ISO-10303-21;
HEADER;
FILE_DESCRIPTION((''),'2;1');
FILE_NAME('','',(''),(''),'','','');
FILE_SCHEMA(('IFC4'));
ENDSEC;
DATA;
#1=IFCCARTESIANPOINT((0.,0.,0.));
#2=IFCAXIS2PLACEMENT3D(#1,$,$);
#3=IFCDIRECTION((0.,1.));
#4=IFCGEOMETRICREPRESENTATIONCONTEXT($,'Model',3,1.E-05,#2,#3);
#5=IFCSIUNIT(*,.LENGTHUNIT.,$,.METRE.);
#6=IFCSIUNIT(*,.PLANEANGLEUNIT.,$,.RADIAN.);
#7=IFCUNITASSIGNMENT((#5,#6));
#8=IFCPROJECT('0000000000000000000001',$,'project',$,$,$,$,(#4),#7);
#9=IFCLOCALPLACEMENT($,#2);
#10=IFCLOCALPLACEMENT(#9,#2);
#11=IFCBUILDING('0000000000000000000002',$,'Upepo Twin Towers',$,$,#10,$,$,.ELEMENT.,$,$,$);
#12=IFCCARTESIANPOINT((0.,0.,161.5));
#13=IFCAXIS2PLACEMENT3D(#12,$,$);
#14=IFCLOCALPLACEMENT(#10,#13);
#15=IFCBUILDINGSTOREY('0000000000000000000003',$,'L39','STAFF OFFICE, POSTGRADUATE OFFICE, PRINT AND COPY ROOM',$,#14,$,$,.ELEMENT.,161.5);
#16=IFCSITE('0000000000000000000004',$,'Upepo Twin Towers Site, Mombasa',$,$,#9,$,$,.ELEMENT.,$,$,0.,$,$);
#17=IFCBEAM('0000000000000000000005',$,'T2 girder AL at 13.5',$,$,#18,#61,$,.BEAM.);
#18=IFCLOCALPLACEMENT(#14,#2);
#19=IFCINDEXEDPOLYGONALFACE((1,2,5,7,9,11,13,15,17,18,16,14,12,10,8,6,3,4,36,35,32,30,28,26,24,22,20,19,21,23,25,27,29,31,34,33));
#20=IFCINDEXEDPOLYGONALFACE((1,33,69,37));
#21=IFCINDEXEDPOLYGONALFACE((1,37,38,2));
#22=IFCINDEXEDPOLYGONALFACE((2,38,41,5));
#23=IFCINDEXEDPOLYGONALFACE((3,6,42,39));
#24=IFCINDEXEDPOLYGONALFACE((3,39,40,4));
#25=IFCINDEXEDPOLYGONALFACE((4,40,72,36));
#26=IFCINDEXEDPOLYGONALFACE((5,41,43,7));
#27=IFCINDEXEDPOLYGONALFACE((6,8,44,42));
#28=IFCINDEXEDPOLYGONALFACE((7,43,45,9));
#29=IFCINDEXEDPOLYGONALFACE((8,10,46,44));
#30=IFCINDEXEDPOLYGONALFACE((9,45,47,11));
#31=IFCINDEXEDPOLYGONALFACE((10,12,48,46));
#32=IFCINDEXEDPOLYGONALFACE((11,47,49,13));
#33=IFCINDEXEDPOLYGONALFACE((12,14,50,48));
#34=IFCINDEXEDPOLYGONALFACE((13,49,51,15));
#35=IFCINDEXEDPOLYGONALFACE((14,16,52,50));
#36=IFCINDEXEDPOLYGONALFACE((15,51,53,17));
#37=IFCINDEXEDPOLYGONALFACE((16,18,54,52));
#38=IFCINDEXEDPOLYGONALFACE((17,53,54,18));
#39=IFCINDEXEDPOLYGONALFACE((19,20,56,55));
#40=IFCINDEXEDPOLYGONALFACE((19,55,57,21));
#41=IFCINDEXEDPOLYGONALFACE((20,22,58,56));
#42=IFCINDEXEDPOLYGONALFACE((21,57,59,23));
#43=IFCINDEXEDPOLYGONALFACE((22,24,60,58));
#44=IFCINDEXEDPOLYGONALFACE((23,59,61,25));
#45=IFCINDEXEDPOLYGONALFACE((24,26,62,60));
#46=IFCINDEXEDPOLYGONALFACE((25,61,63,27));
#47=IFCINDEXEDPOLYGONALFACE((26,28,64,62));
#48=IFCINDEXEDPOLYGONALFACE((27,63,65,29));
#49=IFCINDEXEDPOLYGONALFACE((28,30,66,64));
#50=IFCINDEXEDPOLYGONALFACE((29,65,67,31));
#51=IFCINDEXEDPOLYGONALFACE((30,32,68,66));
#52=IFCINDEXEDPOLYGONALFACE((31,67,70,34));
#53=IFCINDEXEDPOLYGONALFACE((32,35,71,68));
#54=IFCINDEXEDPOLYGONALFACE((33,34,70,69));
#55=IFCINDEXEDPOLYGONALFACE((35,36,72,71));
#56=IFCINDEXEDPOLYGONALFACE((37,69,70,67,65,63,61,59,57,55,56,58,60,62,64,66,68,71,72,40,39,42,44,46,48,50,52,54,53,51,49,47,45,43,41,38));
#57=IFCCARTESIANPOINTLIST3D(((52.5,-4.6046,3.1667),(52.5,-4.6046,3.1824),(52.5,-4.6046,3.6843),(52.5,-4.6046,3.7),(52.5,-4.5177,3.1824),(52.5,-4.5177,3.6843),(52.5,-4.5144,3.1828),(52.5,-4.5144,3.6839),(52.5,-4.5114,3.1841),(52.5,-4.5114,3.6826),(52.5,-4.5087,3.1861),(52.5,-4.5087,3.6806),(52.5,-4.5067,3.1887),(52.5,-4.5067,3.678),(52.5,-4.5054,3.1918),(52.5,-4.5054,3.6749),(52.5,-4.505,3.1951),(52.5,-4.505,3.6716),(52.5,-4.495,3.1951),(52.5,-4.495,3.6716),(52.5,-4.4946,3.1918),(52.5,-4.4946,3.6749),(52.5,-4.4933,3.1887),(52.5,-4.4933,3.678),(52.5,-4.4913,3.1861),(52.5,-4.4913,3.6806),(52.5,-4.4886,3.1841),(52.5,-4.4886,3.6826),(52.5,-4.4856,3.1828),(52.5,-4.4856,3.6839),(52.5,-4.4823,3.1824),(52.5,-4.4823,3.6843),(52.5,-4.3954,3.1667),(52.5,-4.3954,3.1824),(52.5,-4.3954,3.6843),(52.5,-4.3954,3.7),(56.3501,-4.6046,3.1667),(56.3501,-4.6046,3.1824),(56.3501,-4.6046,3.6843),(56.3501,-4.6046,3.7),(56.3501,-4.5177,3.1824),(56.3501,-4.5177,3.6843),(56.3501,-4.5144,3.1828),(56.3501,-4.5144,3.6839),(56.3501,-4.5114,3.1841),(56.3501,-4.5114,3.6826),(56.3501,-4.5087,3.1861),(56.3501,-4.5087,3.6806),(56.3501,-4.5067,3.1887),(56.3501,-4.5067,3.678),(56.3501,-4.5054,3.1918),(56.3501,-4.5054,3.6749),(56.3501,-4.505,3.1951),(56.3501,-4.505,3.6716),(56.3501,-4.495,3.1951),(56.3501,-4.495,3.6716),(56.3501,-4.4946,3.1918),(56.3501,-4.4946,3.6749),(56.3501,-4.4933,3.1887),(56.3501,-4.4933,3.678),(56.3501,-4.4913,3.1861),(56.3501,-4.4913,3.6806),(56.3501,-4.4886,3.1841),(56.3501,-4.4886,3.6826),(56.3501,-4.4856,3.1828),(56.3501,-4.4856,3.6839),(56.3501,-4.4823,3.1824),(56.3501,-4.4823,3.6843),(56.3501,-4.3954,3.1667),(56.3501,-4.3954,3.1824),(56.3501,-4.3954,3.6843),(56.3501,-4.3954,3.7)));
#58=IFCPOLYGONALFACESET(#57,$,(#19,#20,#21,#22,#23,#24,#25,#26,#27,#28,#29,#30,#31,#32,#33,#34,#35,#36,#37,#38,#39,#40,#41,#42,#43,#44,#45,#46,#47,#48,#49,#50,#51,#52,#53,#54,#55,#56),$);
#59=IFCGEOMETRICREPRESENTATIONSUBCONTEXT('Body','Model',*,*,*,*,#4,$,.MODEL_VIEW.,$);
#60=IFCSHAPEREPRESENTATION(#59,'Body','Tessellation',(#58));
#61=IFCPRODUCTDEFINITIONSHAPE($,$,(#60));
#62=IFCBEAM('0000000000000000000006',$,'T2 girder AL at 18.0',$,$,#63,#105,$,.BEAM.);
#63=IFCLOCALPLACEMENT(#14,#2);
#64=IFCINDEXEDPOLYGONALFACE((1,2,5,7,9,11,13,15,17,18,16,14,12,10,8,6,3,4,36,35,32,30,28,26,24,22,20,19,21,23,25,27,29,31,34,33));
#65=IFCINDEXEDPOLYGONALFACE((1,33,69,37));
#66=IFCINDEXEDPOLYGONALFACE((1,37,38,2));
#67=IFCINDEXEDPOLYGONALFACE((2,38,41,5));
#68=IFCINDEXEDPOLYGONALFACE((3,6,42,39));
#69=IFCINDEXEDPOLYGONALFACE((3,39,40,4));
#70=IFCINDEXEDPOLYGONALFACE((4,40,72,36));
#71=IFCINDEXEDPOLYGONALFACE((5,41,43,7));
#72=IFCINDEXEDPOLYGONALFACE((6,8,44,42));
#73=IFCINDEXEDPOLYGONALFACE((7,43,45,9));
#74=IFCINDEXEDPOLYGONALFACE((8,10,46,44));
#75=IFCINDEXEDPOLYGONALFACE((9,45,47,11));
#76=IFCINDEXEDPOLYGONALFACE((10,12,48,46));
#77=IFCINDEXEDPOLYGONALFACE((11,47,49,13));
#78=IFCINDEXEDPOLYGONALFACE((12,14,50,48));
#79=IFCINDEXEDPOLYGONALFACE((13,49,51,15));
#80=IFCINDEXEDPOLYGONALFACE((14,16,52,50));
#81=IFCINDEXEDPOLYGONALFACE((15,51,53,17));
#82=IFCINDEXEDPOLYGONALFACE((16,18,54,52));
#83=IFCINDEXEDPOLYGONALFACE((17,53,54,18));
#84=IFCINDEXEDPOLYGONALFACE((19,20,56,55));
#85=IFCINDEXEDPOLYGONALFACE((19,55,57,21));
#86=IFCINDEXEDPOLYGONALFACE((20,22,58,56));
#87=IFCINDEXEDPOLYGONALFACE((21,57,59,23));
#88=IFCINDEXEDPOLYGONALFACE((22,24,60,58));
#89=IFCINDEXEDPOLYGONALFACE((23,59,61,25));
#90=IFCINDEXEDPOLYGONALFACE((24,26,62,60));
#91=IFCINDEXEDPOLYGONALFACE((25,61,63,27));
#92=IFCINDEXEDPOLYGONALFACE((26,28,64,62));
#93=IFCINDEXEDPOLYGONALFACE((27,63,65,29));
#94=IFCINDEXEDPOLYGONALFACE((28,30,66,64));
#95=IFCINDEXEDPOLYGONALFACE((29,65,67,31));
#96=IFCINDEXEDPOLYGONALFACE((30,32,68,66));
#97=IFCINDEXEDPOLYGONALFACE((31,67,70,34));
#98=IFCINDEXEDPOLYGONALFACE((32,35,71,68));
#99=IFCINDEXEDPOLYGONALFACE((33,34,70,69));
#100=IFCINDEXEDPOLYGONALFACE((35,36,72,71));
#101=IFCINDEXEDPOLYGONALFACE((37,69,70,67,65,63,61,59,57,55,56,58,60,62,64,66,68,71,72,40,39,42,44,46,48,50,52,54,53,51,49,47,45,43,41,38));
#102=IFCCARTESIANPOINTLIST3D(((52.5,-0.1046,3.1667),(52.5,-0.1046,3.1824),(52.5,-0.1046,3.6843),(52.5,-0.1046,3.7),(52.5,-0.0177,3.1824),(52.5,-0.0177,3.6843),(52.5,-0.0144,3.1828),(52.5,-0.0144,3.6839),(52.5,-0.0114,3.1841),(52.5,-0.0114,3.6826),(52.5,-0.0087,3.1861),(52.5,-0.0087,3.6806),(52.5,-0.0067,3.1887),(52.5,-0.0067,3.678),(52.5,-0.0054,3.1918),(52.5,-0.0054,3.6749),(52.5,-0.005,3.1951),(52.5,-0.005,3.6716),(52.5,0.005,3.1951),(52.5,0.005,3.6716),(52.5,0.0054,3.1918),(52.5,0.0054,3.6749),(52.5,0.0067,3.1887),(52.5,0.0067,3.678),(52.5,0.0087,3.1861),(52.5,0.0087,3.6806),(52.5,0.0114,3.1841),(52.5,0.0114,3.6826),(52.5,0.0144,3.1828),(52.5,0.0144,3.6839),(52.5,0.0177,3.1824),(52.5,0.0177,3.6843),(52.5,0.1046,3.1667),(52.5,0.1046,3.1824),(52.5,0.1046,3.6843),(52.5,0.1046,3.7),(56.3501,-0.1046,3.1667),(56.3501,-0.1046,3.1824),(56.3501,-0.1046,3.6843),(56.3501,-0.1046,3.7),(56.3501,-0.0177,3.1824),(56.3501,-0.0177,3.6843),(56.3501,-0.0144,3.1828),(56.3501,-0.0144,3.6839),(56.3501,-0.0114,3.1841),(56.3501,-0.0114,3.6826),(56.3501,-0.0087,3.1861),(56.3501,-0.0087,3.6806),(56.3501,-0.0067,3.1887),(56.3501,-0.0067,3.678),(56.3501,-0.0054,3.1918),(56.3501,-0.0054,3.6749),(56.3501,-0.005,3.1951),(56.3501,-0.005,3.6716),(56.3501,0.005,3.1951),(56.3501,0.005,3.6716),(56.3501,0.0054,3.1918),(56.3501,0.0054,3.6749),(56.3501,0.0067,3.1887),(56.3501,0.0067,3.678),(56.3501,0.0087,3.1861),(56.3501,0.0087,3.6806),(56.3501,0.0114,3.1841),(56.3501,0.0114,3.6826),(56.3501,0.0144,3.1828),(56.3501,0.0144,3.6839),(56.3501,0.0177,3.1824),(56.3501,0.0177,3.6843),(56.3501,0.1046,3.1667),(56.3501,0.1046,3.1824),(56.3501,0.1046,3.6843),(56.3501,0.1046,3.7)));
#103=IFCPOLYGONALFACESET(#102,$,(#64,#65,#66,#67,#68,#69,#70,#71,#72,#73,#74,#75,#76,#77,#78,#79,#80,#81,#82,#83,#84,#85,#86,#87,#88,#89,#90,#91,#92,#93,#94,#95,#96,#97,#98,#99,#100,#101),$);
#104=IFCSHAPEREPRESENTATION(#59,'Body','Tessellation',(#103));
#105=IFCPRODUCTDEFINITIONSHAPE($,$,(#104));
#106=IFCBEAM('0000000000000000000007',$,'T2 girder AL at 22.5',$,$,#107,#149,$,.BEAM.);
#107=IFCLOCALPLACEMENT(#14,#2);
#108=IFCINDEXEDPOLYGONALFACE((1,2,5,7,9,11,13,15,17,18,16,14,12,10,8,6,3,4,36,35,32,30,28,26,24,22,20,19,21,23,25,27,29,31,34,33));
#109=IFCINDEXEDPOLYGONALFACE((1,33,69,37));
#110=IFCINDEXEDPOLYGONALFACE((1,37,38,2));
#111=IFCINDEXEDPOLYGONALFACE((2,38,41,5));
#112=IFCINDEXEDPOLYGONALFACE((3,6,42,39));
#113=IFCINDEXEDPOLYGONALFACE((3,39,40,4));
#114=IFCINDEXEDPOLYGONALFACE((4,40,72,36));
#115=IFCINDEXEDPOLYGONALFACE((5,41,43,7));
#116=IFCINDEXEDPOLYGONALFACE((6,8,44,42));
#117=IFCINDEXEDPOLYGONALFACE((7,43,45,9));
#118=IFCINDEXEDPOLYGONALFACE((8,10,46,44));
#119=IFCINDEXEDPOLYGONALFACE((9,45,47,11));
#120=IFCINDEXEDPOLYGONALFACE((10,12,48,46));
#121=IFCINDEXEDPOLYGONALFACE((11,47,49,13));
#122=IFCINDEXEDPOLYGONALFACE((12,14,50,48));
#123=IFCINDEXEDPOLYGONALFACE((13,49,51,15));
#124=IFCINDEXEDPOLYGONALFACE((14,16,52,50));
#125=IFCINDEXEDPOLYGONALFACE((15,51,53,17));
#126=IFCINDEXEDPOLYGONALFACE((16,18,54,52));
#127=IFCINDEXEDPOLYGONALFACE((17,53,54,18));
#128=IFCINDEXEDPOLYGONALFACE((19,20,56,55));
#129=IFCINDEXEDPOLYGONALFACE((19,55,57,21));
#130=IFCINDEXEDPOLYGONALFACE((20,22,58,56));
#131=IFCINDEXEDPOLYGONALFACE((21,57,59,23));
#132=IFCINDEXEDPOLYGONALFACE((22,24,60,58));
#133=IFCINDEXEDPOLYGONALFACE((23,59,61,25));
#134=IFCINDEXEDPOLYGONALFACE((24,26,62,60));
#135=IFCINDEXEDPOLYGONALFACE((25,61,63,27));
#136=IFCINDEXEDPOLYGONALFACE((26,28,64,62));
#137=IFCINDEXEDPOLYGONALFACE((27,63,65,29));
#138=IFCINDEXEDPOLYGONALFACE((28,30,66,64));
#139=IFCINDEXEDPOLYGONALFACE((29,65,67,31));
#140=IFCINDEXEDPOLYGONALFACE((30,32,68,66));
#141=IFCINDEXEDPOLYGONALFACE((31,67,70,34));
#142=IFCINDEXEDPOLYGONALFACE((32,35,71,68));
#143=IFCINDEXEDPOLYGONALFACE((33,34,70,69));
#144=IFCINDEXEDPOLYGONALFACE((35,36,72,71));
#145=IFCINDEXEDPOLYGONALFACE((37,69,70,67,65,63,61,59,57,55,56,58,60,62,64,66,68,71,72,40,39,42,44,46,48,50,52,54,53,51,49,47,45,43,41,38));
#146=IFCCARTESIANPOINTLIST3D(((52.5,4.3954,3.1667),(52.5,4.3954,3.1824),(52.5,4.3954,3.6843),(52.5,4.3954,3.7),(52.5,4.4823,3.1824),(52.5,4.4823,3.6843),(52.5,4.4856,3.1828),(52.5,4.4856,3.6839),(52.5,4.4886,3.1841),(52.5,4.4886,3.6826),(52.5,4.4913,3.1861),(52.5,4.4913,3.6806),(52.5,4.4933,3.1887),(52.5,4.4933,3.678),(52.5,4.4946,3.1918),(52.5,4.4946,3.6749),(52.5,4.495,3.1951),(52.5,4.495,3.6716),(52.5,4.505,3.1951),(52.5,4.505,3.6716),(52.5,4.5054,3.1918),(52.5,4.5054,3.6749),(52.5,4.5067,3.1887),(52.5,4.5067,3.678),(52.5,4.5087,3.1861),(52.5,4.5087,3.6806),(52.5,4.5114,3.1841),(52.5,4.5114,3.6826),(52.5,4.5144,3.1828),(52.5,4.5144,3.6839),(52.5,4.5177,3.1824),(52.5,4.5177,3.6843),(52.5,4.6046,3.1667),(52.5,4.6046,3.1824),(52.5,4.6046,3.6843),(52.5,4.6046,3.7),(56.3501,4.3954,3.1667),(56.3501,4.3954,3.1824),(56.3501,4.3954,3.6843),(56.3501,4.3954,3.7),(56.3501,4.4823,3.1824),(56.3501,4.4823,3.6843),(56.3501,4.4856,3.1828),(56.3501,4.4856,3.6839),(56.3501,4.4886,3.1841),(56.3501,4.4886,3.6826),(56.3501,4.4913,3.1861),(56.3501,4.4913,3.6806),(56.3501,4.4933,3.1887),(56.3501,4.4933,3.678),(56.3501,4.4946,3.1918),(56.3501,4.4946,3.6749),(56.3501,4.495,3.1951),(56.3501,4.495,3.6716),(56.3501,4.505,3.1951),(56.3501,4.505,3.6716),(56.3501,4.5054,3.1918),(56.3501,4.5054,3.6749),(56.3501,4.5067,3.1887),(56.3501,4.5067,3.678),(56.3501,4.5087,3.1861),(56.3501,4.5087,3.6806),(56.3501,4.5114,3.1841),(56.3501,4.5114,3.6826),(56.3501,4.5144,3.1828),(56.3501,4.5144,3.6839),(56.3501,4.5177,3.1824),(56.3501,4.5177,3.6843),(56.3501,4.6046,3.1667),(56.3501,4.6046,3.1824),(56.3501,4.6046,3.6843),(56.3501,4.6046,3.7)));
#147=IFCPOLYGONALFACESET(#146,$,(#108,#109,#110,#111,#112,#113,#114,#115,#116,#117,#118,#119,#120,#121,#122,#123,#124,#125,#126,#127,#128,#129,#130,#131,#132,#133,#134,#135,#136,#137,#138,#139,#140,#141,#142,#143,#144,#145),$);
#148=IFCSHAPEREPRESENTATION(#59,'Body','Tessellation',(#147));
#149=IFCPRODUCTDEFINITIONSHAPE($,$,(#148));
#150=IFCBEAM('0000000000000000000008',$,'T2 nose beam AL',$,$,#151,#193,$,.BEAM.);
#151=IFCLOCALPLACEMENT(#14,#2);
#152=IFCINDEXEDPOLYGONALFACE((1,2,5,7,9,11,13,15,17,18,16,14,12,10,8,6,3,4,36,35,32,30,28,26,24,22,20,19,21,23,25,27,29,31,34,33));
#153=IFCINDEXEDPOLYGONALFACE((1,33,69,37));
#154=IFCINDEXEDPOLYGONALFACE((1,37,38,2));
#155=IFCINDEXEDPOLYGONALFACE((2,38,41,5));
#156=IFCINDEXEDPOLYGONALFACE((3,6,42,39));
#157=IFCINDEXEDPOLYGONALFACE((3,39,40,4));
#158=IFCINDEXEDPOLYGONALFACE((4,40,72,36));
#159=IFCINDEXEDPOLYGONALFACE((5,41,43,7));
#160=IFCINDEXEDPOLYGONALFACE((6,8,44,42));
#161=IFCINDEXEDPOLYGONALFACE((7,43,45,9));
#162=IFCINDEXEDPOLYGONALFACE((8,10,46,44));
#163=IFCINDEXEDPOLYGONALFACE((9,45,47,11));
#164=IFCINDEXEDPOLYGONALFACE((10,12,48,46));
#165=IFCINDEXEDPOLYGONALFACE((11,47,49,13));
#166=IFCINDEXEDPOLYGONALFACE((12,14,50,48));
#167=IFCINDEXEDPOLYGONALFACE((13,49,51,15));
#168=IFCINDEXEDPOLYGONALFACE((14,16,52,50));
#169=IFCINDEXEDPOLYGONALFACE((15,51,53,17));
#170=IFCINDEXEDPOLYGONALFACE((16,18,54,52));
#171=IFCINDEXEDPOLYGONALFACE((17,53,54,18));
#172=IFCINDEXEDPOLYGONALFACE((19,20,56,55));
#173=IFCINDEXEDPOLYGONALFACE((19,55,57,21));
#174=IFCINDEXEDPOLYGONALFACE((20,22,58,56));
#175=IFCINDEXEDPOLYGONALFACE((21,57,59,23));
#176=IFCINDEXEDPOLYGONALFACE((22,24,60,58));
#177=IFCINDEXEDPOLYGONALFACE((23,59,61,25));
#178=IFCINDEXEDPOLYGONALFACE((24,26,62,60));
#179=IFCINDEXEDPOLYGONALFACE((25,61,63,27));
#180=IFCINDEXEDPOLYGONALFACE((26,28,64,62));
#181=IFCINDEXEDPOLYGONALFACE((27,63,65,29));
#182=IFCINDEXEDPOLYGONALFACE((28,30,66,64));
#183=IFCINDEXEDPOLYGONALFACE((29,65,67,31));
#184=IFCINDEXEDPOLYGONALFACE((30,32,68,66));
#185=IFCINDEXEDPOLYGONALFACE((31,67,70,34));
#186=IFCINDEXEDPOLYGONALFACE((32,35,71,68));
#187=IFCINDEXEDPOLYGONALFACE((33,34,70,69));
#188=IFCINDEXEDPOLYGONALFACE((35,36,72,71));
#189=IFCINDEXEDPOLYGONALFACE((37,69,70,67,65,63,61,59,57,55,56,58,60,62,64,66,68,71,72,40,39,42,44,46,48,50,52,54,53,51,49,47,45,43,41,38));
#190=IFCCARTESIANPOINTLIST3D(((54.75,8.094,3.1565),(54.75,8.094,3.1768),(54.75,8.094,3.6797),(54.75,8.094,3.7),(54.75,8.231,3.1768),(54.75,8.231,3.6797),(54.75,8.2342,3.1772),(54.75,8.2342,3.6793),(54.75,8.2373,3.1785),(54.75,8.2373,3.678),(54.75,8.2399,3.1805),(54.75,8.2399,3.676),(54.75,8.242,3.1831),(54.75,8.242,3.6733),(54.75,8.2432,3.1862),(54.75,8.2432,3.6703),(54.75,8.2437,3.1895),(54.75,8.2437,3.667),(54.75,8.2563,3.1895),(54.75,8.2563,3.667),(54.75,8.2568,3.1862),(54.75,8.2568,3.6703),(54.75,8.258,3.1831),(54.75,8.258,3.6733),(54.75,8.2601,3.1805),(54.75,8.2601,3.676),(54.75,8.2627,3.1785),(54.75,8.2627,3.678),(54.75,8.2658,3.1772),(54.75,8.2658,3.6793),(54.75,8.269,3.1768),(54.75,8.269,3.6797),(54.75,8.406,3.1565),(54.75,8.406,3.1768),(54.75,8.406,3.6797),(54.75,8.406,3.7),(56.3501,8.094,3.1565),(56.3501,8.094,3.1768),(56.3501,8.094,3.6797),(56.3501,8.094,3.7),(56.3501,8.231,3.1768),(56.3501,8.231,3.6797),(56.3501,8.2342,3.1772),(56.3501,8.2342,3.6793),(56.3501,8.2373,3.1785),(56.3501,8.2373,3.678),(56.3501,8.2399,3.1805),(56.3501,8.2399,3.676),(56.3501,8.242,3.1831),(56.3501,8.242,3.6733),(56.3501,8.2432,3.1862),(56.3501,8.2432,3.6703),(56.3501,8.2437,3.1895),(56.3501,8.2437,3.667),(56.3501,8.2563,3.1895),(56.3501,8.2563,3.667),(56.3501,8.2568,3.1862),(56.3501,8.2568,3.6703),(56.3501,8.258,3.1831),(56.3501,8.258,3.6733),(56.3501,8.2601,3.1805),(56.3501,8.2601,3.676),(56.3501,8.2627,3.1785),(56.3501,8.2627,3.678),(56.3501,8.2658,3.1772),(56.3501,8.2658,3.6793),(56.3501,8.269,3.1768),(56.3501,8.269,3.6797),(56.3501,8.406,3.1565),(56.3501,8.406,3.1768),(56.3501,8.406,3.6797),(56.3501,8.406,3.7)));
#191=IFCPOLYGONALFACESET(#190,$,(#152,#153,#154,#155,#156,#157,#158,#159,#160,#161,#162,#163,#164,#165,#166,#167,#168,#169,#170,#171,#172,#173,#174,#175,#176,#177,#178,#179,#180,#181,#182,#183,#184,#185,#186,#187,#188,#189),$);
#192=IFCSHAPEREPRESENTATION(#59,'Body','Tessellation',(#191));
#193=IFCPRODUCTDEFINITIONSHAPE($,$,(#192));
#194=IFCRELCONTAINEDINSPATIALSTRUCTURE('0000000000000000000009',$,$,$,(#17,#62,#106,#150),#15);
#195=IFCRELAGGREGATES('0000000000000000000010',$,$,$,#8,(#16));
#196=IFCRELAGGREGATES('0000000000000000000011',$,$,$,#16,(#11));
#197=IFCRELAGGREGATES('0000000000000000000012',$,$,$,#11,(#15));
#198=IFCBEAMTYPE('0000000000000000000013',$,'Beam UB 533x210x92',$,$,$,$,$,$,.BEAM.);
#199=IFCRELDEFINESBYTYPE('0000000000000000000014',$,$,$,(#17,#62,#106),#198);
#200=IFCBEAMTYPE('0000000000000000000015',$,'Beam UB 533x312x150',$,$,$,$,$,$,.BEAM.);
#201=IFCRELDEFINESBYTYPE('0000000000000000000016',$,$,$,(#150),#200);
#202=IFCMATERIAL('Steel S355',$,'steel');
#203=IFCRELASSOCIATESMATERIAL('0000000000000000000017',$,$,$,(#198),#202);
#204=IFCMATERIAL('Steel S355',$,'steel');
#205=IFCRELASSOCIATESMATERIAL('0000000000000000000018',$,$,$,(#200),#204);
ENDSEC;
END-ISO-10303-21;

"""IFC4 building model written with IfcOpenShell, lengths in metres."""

from ifc_helpers import new_model, si_unit, direction, frame, origin, origin_2d, place, context, subcontext, project, spatial, i_section, extrude, material, material_profile, profile_set, type_object, element, save


model = new_model("IFC4")

# Units and contexts
model_context = context("Model", 3, precision=1e-05, world=origin(), true_north=direction((0.0, 1.0)))
body_context = subcontext(model_context, "Body", "Model", "MODEL_VIEW")
ifc_project = project(units=[si_unit("LENGTHUNIT", "METRE"), si_unit("PLANEANGLEUNIT", "RADIAN")], contexts=[model_context])

# Site, building, storey
site_placement = place(None, origin())
site = spatial("IfcSite", under=ifc_project, at=site_placement, Name="Upepo Twin Towers Site, Mombasa", CompositionType="ELEMENT", RefElevation=0.0)
building_placement = place(site_placement, origin())
building = spatial("IfcBuilding", under=site, at=building_placement, Name="Upepo Twin Towers", CompositionType="ELEMENT")
storey_placement = place(building_placement, frame((0.0, 0.0, 161.5)))
storey = spatial("IfcBuildingStorey", under=building, at=storey_placement, Name="L39", Description="STAFF OFFICE, POSTGRADUATE OFFICE, PRINT AND COPY ROOM", CompositionType="ELEMENT", Elevation=161.5)

# Beams
ifc_material_1 = material(Name="Steel S355", Category="steel")
ifc_material_profile_1 = material_profile(ifc_material_1, i_section(OverallWidth=0.2092, OverallDepth=0.5332, WebThickness=0.01, FlangeThickness=0.0156, FilletRadius=0.0127, at=origin_2d()), Name="UB 533x210x92")
ifc_profile_set_1 = profile_set([ifc_material_profile_1], Name="Steel S355")
beam_type_1 = type_object("IfcBeamType", Name="Beam UB 533x210x92", PredefinedType="BEAM", material=ifc_profile_set_1)
for number, where, z_axis, x_axis, name in (
    (1, (52.5, -4.5, 3.4333), (1.0, 0.0, 0.0), (0.0, 1.0, 0.0), "T2 girder AL at 13.5"),
    (2, (52.5, 0.0, 3.4333), (1.0, 0.0, 0.0), (0.0, 1.0, 0.0), "T2 girder AL at 18.0"),
    (3, (52.5, 4.5, 3.4333), (1.0, 0.0, 0.0), (0.0, 1.0, 0.0), "T2 girder AL at 22.5"),
):
    element("IfcBeam", number, at=place(storey_placement, frame(where, z_axis=z_axis, x_axis=x_axis)), inside=storey, type_object=beam_type_1, Name=name, PredefinedType="BEAM", context=body_context, shape_type="SweptSolid", body=[
        extrude(i_section(OverallWidth=0.2092, OverallDepth=0.5332, WebThickness=0.01, FlangeThickness=0.0156, FilletRadius=0.0127, at=origin_2d()), origin(), (0.0, 0.0, 1.0), 3.8501),
    ])
ifc_material_2 = material(Name="Steel S355", Category="steel")
ifc_material_profile_2 = material_profile(ifc_material_2, i_section(OverallWidth=0.312, OverallDepth=0.5435, WebThickness=0.0127, FlangeThickness=0.0203, FilletRadius=0.0127, at=origin_2d()), Name="UB 533x312x150")
ifc_profile_set_2 = profile_set([ifc_material_profile_2], Name="Steel S355")
beam_type_2 = type_object("IfcBeamType", Name="Beam UB 533x312x150", PredefinedType="BEAM", material=ifc_profile_set_2)
beam_1_placement = place(storey_placement, frame((54.75, 8.25, 3.4282), z_axis=(1.0, 0.0, 0.0), x_axis=(0.0, 1.0, 0.0)))
element("IfcBeam", 4, at=beam_1_placement, inside=storey, type_object=beam_type_2, Name="T2 nose beam AL", PredefinedType="BEAM", context=body_context, shape_type="SweptSolid", body=[
    extrude(i_section(OverallWidth=0.312, OverallDepth=0.5435, WebThickness=0.0127, FlangeThickness=0.0203, FilletRadius=0.0127, at=origin_2d()), origin(), (0.0, 0.0, 1.0), 1.6001),
])

save(model, "model.ifc")
